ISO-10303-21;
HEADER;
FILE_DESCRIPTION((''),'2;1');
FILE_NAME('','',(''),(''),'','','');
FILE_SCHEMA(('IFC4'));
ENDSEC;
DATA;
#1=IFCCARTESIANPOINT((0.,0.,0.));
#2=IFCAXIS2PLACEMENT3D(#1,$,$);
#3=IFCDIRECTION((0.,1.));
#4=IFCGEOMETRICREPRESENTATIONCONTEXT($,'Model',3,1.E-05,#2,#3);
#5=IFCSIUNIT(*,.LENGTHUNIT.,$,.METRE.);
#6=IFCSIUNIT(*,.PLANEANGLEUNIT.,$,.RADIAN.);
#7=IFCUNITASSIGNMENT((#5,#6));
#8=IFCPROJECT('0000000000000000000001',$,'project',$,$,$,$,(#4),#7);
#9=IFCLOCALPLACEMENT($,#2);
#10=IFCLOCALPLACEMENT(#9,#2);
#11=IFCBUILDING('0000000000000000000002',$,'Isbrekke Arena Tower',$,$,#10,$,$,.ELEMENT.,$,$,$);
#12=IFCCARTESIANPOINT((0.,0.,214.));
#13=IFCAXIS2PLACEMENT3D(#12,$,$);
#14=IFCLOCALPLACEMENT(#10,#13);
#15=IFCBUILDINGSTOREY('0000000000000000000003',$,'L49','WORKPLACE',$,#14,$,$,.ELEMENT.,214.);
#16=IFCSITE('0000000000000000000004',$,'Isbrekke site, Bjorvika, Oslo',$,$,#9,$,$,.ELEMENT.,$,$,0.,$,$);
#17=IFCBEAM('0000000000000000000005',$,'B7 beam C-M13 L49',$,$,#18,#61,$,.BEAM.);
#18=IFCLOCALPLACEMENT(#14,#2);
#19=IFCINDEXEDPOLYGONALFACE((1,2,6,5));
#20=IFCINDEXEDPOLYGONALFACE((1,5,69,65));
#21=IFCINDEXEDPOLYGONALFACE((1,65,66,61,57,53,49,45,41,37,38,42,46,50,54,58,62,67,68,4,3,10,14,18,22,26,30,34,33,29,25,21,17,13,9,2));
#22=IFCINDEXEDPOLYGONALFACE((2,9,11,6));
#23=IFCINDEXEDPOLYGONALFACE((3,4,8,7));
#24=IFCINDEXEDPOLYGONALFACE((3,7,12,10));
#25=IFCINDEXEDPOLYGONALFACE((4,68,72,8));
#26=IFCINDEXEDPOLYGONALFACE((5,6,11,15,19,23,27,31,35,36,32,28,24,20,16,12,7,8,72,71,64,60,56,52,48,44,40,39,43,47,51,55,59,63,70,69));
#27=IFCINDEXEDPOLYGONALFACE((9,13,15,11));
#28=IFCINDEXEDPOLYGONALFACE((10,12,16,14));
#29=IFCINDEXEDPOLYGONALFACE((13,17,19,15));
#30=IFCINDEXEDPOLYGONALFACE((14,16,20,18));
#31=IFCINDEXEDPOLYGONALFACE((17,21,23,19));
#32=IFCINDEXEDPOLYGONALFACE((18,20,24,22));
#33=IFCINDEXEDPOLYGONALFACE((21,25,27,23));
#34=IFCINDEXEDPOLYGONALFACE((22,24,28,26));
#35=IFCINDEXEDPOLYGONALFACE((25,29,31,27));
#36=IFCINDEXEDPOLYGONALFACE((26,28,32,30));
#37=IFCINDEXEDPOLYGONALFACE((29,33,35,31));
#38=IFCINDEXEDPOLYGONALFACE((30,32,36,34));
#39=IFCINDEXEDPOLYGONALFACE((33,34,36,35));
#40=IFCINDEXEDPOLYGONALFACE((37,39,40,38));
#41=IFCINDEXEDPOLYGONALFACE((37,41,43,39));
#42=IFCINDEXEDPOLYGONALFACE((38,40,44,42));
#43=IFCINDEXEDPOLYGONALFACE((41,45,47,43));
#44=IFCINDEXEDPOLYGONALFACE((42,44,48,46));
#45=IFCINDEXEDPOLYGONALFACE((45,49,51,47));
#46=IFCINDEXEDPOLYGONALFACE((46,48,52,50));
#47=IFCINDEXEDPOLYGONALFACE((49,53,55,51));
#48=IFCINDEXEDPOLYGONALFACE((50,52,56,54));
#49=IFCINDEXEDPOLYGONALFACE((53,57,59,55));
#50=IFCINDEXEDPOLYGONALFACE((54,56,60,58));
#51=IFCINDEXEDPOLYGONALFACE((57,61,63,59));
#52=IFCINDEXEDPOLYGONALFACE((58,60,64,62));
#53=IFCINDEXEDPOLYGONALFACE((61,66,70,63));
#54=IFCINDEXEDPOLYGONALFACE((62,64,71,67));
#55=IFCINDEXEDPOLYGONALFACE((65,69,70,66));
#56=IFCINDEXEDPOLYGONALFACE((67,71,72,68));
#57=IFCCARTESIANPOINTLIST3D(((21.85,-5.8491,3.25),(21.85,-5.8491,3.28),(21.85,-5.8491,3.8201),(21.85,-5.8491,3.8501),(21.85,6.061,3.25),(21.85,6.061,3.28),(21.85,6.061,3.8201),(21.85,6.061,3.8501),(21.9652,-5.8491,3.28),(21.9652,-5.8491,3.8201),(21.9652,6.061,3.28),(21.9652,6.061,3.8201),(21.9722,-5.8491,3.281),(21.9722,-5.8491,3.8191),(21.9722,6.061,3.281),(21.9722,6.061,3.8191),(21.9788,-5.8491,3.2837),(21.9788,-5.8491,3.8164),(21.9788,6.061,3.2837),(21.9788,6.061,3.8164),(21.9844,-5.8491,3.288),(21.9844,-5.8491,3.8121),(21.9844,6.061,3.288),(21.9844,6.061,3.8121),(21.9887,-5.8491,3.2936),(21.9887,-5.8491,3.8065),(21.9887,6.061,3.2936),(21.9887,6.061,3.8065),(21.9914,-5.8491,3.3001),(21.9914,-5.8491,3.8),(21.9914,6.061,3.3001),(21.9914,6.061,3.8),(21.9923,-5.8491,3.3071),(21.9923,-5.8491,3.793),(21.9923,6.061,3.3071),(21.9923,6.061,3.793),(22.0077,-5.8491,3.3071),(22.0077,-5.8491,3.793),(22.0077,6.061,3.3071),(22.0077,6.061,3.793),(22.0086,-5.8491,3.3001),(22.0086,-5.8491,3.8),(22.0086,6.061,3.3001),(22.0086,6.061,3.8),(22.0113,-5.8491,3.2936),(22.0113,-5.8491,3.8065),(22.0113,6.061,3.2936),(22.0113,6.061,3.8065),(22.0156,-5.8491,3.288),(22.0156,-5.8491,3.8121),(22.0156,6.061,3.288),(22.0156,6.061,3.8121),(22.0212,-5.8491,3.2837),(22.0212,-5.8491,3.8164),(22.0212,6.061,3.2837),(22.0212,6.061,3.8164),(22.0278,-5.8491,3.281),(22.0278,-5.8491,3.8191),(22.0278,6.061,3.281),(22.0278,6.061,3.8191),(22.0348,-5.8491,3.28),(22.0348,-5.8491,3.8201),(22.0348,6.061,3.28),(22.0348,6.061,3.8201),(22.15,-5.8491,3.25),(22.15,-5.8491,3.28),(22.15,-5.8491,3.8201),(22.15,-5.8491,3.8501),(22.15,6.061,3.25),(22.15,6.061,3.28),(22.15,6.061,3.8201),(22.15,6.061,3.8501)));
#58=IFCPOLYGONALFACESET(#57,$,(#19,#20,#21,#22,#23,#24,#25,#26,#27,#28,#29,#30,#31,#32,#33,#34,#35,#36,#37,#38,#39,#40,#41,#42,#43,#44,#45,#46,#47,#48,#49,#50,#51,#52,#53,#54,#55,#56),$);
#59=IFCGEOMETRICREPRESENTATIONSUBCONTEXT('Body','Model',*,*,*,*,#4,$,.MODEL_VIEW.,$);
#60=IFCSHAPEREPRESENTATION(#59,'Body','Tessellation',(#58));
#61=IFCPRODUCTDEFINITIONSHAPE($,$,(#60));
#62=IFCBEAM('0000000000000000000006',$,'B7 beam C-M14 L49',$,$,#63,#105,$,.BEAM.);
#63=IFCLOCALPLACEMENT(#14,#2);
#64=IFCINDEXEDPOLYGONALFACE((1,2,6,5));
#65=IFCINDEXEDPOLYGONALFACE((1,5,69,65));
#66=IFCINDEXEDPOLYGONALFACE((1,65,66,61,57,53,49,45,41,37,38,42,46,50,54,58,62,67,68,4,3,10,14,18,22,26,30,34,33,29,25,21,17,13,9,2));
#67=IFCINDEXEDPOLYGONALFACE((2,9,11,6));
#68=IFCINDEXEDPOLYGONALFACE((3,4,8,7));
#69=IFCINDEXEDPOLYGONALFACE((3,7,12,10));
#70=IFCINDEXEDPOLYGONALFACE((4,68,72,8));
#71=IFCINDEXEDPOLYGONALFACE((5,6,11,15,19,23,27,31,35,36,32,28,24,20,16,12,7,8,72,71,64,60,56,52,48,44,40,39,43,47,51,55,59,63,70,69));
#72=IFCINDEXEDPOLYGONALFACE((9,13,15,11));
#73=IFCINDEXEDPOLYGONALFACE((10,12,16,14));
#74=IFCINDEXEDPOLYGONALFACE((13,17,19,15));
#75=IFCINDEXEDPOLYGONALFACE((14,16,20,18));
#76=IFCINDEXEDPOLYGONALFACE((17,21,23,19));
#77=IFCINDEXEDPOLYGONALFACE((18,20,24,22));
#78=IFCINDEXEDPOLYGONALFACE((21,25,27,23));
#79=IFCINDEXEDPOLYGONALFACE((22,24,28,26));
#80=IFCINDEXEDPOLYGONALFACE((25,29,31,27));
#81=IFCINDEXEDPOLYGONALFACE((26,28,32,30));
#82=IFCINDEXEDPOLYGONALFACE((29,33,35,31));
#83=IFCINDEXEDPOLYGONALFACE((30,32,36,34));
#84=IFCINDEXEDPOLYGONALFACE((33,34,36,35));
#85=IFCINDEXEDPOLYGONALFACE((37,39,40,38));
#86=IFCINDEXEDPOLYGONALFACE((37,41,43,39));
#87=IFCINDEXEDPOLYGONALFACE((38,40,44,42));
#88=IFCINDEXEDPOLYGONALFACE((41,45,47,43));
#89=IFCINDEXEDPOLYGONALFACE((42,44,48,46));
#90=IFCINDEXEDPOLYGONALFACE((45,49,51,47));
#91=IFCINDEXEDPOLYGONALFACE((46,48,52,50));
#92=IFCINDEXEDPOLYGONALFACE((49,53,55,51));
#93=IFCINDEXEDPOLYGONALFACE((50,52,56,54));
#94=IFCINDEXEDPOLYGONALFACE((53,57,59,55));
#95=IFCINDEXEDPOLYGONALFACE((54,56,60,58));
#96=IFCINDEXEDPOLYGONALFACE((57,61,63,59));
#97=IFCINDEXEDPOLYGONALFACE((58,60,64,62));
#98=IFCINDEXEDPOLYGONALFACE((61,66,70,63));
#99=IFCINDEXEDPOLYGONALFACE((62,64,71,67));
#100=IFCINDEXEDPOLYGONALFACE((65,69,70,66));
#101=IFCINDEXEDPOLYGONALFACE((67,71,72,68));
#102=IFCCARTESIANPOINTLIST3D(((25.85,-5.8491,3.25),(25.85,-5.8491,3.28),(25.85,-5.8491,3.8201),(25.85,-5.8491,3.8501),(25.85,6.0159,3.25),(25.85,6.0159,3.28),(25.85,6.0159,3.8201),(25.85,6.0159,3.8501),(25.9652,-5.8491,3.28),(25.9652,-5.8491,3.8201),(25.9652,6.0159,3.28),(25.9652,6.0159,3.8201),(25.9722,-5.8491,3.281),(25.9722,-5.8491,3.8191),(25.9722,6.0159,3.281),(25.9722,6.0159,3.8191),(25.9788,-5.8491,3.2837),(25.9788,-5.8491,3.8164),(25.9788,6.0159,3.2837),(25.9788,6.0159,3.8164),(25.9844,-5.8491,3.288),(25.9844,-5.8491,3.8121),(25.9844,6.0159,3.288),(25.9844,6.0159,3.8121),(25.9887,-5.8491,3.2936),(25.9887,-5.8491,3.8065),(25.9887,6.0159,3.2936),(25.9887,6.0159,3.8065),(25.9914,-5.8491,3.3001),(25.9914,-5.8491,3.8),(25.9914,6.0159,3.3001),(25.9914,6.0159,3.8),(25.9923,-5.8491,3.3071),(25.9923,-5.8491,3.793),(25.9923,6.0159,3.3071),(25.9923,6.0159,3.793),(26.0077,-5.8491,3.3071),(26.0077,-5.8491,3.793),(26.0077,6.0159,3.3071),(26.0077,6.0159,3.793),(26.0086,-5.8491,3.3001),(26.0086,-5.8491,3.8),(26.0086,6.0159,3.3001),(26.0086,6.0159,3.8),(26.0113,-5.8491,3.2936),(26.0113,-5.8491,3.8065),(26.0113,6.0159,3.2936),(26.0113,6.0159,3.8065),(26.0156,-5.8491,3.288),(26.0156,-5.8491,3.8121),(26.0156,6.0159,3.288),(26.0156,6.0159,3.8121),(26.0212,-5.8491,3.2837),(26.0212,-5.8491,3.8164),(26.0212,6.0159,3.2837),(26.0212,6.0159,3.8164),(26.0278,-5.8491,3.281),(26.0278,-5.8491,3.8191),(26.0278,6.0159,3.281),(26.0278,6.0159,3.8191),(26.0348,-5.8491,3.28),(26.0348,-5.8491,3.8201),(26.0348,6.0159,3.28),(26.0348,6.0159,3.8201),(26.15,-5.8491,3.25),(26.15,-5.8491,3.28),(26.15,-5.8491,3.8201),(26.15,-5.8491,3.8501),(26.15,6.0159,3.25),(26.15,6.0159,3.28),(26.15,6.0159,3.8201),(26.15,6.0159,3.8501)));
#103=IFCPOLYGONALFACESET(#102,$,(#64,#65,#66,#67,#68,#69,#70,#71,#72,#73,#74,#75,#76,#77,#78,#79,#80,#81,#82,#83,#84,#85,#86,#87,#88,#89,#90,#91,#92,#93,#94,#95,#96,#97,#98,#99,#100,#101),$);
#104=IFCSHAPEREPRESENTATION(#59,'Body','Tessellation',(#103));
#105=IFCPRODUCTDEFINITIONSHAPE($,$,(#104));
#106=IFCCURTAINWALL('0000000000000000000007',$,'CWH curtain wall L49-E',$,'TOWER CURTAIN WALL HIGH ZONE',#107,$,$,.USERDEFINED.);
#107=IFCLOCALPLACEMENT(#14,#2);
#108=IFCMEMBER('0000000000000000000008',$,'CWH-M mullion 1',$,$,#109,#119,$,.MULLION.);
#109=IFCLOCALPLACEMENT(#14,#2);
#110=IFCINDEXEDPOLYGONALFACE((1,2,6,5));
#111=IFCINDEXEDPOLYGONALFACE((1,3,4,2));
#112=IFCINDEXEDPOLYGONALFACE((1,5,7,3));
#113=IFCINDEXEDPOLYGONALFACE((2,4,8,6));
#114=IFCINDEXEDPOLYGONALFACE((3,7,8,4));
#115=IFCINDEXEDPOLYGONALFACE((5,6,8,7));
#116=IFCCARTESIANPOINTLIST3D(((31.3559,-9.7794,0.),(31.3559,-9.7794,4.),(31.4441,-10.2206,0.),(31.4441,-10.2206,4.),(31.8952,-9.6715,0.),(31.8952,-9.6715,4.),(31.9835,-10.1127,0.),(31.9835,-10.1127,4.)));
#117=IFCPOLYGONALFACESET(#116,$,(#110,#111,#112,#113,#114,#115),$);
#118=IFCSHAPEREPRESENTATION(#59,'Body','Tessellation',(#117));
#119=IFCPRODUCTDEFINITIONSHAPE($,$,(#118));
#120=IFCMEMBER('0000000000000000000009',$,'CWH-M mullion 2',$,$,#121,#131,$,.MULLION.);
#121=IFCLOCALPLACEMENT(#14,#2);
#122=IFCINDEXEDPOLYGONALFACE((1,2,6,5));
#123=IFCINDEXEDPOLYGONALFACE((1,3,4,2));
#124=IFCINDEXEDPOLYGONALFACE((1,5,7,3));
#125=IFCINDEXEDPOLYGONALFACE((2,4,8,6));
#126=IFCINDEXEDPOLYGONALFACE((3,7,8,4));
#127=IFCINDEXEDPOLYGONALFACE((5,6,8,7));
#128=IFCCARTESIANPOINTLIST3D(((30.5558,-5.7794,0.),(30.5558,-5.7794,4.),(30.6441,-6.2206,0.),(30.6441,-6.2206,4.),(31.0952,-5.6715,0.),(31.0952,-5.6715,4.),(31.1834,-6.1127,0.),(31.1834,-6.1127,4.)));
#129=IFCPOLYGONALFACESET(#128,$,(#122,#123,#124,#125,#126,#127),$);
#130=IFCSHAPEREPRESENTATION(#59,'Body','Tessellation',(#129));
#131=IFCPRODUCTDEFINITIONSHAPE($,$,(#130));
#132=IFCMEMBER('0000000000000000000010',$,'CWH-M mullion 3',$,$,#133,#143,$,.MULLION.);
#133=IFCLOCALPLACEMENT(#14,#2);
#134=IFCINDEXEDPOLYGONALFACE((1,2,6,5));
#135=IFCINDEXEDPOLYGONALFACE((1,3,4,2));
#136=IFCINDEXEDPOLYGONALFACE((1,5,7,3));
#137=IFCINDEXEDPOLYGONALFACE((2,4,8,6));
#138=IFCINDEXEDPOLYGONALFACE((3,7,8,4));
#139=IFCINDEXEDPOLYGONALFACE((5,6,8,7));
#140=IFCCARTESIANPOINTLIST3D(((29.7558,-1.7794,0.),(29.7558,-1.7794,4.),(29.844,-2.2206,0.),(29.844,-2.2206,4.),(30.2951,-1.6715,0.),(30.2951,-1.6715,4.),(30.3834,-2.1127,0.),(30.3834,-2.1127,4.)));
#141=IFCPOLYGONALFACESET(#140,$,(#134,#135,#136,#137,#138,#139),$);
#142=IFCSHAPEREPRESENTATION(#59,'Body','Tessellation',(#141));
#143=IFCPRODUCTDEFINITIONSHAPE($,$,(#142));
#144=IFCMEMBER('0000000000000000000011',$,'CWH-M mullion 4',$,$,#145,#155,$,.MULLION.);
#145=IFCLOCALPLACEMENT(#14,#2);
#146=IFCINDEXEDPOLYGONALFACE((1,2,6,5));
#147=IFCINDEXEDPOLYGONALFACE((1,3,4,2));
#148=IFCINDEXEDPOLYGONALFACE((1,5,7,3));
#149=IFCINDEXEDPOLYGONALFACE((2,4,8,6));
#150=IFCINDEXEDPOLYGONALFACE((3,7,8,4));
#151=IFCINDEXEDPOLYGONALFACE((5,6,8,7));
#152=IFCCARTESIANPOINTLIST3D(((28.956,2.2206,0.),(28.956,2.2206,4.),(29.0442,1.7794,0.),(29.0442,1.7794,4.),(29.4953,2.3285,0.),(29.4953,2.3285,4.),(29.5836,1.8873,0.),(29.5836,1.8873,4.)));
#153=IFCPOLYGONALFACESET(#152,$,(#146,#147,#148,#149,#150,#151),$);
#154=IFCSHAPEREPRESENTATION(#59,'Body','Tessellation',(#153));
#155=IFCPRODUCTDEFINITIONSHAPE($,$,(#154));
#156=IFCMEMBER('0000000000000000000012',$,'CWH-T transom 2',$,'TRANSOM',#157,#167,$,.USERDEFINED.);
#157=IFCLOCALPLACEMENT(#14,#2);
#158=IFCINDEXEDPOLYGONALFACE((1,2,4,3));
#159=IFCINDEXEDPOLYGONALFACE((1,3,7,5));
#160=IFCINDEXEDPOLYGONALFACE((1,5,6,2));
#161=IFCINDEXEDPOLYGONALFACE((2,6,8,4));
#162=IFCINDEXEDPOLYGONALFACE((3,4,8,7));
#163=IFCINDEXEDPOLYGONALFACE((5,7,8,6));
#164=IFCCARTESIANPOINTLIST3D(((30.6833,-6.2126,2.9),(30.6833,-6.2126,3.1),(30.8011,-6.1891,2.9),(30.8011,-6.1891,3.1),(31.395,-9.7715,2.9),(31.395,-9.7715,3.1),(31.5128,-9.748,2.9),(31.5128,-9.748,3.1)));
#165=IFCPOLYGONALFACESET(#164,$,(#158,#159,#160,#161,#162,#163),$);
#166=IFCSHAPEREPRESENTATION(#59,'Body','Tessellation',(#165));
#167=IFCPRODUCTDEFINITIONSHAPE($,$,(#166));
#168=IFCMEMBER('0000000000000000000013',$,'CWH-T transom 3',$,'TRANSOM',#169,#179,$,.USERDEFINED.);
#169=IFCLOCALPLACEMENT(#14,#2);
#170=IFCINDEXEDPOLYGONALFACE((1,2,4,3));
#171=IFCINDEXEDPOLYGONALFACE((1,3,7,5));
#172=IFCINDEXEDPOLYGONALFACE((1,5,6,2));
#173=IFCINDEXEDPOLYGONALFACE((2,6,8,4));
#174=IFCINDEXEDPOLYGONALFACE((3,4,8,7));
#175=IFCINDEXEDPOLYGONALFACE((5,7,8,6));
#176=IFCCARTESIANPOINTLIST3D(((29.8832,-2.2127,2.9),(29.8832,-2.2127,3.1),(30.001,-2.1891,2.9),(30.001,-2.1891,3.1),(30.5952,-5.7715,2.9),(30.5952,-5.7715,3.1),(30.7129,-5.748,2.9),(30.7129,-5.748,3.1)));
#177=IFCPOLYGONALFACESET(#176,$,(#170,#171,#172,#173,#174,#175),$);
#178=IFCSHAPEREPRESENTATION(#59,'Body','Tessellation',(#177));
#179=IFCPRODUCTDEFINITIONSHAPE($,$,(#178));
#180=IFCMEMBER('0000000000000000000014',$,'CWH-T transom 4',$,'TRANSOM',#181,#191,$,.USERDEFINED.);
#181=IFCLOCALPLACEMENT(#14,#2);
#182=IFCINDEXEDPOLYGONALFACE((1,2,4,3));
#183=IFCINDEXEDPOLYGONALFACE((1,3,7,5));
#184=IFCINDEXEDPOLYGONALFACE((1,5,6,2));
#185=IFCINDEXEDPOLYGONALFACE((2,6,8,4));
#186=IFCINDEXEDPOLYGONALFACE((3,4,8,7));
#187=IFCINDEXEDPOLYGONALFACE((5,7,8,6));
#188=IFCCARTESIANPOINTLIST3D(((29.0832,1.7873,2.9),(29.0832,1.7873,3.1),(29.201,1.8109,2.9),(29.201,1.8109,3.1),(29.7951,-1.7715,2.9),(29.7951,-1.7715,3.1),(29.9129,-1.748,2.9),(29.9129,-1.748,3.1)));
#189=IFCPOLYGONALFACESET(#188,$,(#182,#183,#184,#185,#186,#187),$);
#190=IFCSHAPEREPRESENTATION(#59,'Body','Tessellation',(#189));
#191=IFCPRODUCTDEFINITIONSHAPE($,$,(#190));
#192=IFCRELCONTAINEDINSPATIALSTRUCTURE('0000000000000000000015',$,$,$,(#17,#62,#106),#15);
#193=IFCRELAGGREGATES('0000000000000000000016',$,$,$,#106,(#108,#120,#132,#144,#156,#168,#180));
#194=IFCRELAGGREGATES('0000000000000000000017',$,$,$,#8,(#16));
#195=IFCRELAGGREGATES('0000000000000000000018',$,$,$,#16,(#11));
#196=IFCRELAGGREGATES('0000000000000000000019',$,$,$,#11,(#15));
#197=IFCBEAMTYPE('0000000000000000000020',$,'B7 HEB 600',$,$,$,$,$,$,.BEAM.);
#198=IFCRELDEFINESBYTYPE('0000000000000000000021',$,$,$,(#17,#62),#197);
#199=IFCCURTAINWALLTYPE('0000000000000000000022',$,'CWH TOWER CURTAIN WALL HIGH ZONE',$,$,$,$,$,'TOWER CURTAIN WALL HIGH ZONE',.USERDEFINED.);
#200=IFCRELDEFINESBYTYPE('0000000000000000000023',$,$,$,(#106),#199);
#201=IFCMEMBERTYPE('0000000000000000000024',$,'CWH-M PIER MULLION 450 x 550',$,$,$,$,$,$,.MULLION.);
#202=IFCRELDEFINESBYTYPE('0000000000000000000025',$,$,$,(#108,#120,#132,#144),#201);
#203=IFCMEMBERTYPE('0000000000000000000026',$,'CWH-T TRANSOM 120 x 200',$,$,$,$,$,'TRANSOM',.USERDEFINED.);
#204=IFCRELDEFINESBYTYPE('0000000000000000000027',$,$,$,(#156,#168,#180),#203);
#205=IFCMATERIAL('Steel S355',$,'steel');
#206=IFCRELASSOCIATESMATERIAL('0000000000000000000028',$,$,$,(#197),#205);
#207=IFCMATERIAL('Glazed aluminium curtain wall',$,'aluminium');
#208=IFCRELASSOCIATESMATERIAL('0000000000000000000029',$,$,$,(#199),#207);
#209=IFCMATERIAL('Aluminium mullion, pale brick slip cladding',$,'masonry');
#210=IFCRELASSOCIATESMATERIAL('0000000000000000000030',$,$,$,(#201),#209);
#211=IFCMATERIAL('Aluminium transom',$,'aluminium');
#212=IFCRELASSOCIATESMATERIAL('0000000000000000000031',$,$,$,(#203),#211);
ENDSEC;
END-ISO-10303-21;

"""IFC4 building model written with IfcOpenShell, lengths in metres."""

from ifc_helpers import new_model, si_unit, direction, frame, origin, origin_2d, place, context, subcontext, project, spatial, rectangle, i_section, extrude, material, material_profile, profile_set, type_object, element, aggregate, save


model = new_model("IFC4")

# Units and contexts
model_context = context("Model", 3, precision=1e-05, world=origin(), true_north=direction((0.0, 1.0)))
body_context = subcontext(model_context, "Body", "Model", "MODEL_VIEW")
ifc_project = project(units=[si_unit("LENGTHUNIT", "METRE"), si_unit("PLANEANGLEUNIT", "RADIAN")], contexts=[model_context])

# Site, building, storey
site_placement = place(None, origin())
site = spatial("IfcSite", under=ifc_project, at=site_placement, Name="Isbrekke site, Bjorvika, Oslo", CompositionType="ELEMENT", RefElevation=0.0)
building_placement = place(site_placement, origin())
building = spatial("IfcBuilding", under=site, at=building_placement, Name="Isbrekke Arena Tower", CompositionType="ELEMENT")
storey_placement = place(building_placement, frame((0.0, 0.0, 214.0)))
storey = spatial("IfcBuildingStorey", under=building, at=storey_placement, Name="L49", Description="WORKPLACE", CompositionType="ELEMENT", Elevation=214.0)

# Beams
ifc_material_1 = material(Name="Steel S355", Category="steel")
ifc_material_profile_1 = material_profile(ifc_material_1, i_section(OverallWidth=0.3, OverallDepth=0.6001, WebThickness=0.0154, FlangeThickness=0.03, FilletRadius=0.0271, at=origin_2d()), Name="HEB 600")
ifc_profile_set_1 = profile_set([ifc_material_profile_1], Name="Steel S355")
beam_type_1 = type_object("IfcBeamType", Name="B7 HEB 600", PredefinedType="BEAM", material=ifc_profile_set_1)
beam_1_placement = place(storey_placement, frame((22.0, -5.8491, 3.55), z_axis=(0.0, 1.0, 0.0), x_axis=(-1.0, 0.0, 0.0)))
element("IfcBeam", 1, at=beam_1_placement, inside=storey, type_object=beam_type_1, Name="B7 beam C-M13 L49", PredefinedType="BEAM", context=body_context, shape_type="SweptSolid", body=[
    extrude(i_section(OverallWidth=0.3, OverallDepth=0.6001, WebThickness=0.0154, FlangeThickness=0.03, FilletRadius=0.0271, at=origin_2d()), origin(), (0.0, 0.0, 1.0), 11.9102),
])
beam_2_placement = place(storey_placement, frame((26.0, -5.8491, 3.55), z_axis=(0.0, 1.0, 0.0), x_axis=(-1.0, 0.0, 0.0)))
element("IfcBeam", 2, at=beam_2_placement, inside=storey, type_object=beam_type_1, Name="B7 beam C-M14 L49", PredefinedType="BEAM", context=body_context, shape_type="SweptSolid", body=[
    extrude(i_section(OverallWidth=0.3, OverallDepth=0.6001, WebThickness=0.0154, FlangeThickness=0.03, FilletRadius=0.0271, at=origin_2d()), origin(), (0.0, 0.0, 1.0), 11.865),
])

# Curtain wall, members
ifc_material_2 = material(Name="Glazed aluminium curtain wall", Category="aluminium")
curtain_wall_type = type_object("IfcCurtainWallType", Name="CWH TOWER CURTAIN WALL HIGH ZONE", ElementType="TOWER CURTAIN WALL HIGH ZONE", PredefinedType="USERDEFINED", material=ifc_material_2)
curtain_wall_placement = place(storey_placement, origin())
curtain_wall = element("IfcCurtainWall", 3, at=curtain_wall_placement, inside=storey, type_object=curtain_wall_type, Name="CWH curtain wall L49-E", ObjectType="TOWER CURTAIN WALL HIGH ZONE", PredefinedType="USERDEFINED")
ifc_material_3 = material(Name="Aluminium mullion, pale brick slip cladding", Category="masonry")
ifc_material_profile_2 = material_profile(ifc_material_3, rectangle(XDim=0.45, YDim=0.55, at=origin_2d()), Name="PIER 450X550")
ifc_profile_set_2 = profile_set([ifc_material_profile_2], Name="Aluminium mullion, pale brick slip cladding")
member_type_1 = type_object("IfcMemberType", Name="CWH-M PIER MULLION 450 x 550", PredefinedType="MULLION", material=ifc_profile_set_2)
member_1_placement = place(storey_placement, frame((31.6697, -9.946, 0.0), z_axis=(0.0, 0.0, 1.0), x_axis=(-0.196116, 0.980581, 0.0)))
member_1 = element("IfcMember", 4, at=member_1_placement, type_object=member_type_1, Name="CWH-M mullion 1", PredefinedType="MULLION", context=body_context, shape_type="SweptSolid", body=[
    extrude(rectangle(XDim=0.45, YDim=0.55, at=origin_2d()), origin(), (0.0, 0.0, 1.0), 4.0),
])
member_2_placement = place(storey_placement, frame((30.8696, -5.946, 0.0), z_axis=(0.0, 0.0, 1.0), x_axis=(-0.196116, 0.980581, 0.0)))
member_2 = element("IfcMember", 5, at=member_2_placement, type_object=member_type_1, Name="CWH-M mullion 2", PredefinedType="MULLION", context=body_context, shape_type="SweptSolid", body=[
    extrude(rectangle(XDim=0.45, YDim=0.55, at=origin_2d()), origin(), (0.0, 0.0, 1.0), 4.0),
])
member_3_placement = place(storey_placement, frame((30.0696, -1.946, 0.0), z_axis=(0.0, 0.0, 1.0), x_axis=(-0.196116, 0.980581, 0.0)))
member_3 = element("IfcMember", 6, at=member_3_placement, type_object=member_type_1, Name="CWH-M mullion 3", PredefinedType="MULLION", context=body_context, shape_type="SweptSolid", body=[
    extrude(rectangle(XDim=0.45, YDim=0.55, at=origin_2d()), origin(), (0.0, 0.0, 1.0), 4.0),
])
member_4_placement = place(storey_placement, frame((29.2698, 2.054, 0.0), z_axis=(0.0, 0.0, 1.0), x_axis=(-0.196116, 0.980581, 0.0)))
member_4 = element("IfcMember", 7, at=member_4_placement, type_object=member_type_1, Name="CWH-M mullion 4", PredefinedType="MULLION", context=body_context, shape_type="SweptSolid", body=[
    extrude(rectangle(XDim=0.45, YDim=0.55, at=origin_2d()), origin(), (0.0, 0.0, 1.0), 4.0),
])
ifc_material_4 = material(Name="Aluminium transom", Category="aluminium")
ifc_material_profile_3 = material_profile(ifc_material_4, rectangle(XDim=0.1201, YDim=0.2, at=origin_2d()), Name="TRANSOM 120X200")
ifc_profile_set_3 = profile_set([ifc_material_profile_3], Name="Aluminium transom")
member_type_2 = type_object("IfcMemberType", Name="CWH-T TRANSOM 120 x 200", ElementType="TRANSOM", PredefinedType="USERDEFINED", material=ifc_profile_set_3)
member_5_placement = place(storey_placement, frame((31.4539, -9.7598, 3.0), z_axis=(-0.19609, 0.980586, 0.0), x_axis=(-0.980586, -0.19609, 0.0)))
member_5 = element("IfcMember", 8, at=member_5_placement, type_object=member_type_2, Name="CWH-T transom 2", ObjectType="TRANSOM", PredefinedType="USERDEFINED", context=body_context, shape_type="SweptSolid", body=[
    extrude(rectangle(XDim=0.1201, YDim=0.2, at=origin_2d()), origin(), (0.0, 0.0, 1.0), 3.6294),
])
member_6_placement = place(storey_placement, frame((30.6541, -5.7598, 3.0), z_axis=(-0.196155, 0.980573, 0.0), x_axis=(-0.980573, -0.196155, 0.0)))
member_6 = element("IfcMember", 9, at=member_6_placement, type_object=member_type_2, Name="CWH-T transom 3", ObjectType="TRANSOM", PredefinedType="USERDEFINED", context=body_context, shape_type="SweptSolid", body=[
    extrude(rectangle(XDim=0.1201, YDim=0.2, at=origin_2d()), origin(), (0.0, 0.0, 1.0), 3.6294),
])
member_7_placement = place(storey_placement, frame((29.854, -1.7598, 3.0), z_axis=(-0.196155, 0.980573, 0.0), x_axis=(-0.980573, -0.196155, 0.0)))
member_7 = element("IfcMember", 10, at=member_7_placement, type_object=member_type_2, Name="CWH-T transom 4", ObjectType="TRANSOM", PredefinedType="USERDEFINED", context=body_context, shape_type="SweptSolid", body=[
    extrude(rectangle(XDim=0.1201, YDim=0.2, at=origin_2d()), origin(), (0.0, 0.0, 1.0), 3.6294),
])

aggregate(curtain_wall, [member_1, member_2, member_3, member_4, member_5, member_6, member_7])

save(model, "model.ifc")
